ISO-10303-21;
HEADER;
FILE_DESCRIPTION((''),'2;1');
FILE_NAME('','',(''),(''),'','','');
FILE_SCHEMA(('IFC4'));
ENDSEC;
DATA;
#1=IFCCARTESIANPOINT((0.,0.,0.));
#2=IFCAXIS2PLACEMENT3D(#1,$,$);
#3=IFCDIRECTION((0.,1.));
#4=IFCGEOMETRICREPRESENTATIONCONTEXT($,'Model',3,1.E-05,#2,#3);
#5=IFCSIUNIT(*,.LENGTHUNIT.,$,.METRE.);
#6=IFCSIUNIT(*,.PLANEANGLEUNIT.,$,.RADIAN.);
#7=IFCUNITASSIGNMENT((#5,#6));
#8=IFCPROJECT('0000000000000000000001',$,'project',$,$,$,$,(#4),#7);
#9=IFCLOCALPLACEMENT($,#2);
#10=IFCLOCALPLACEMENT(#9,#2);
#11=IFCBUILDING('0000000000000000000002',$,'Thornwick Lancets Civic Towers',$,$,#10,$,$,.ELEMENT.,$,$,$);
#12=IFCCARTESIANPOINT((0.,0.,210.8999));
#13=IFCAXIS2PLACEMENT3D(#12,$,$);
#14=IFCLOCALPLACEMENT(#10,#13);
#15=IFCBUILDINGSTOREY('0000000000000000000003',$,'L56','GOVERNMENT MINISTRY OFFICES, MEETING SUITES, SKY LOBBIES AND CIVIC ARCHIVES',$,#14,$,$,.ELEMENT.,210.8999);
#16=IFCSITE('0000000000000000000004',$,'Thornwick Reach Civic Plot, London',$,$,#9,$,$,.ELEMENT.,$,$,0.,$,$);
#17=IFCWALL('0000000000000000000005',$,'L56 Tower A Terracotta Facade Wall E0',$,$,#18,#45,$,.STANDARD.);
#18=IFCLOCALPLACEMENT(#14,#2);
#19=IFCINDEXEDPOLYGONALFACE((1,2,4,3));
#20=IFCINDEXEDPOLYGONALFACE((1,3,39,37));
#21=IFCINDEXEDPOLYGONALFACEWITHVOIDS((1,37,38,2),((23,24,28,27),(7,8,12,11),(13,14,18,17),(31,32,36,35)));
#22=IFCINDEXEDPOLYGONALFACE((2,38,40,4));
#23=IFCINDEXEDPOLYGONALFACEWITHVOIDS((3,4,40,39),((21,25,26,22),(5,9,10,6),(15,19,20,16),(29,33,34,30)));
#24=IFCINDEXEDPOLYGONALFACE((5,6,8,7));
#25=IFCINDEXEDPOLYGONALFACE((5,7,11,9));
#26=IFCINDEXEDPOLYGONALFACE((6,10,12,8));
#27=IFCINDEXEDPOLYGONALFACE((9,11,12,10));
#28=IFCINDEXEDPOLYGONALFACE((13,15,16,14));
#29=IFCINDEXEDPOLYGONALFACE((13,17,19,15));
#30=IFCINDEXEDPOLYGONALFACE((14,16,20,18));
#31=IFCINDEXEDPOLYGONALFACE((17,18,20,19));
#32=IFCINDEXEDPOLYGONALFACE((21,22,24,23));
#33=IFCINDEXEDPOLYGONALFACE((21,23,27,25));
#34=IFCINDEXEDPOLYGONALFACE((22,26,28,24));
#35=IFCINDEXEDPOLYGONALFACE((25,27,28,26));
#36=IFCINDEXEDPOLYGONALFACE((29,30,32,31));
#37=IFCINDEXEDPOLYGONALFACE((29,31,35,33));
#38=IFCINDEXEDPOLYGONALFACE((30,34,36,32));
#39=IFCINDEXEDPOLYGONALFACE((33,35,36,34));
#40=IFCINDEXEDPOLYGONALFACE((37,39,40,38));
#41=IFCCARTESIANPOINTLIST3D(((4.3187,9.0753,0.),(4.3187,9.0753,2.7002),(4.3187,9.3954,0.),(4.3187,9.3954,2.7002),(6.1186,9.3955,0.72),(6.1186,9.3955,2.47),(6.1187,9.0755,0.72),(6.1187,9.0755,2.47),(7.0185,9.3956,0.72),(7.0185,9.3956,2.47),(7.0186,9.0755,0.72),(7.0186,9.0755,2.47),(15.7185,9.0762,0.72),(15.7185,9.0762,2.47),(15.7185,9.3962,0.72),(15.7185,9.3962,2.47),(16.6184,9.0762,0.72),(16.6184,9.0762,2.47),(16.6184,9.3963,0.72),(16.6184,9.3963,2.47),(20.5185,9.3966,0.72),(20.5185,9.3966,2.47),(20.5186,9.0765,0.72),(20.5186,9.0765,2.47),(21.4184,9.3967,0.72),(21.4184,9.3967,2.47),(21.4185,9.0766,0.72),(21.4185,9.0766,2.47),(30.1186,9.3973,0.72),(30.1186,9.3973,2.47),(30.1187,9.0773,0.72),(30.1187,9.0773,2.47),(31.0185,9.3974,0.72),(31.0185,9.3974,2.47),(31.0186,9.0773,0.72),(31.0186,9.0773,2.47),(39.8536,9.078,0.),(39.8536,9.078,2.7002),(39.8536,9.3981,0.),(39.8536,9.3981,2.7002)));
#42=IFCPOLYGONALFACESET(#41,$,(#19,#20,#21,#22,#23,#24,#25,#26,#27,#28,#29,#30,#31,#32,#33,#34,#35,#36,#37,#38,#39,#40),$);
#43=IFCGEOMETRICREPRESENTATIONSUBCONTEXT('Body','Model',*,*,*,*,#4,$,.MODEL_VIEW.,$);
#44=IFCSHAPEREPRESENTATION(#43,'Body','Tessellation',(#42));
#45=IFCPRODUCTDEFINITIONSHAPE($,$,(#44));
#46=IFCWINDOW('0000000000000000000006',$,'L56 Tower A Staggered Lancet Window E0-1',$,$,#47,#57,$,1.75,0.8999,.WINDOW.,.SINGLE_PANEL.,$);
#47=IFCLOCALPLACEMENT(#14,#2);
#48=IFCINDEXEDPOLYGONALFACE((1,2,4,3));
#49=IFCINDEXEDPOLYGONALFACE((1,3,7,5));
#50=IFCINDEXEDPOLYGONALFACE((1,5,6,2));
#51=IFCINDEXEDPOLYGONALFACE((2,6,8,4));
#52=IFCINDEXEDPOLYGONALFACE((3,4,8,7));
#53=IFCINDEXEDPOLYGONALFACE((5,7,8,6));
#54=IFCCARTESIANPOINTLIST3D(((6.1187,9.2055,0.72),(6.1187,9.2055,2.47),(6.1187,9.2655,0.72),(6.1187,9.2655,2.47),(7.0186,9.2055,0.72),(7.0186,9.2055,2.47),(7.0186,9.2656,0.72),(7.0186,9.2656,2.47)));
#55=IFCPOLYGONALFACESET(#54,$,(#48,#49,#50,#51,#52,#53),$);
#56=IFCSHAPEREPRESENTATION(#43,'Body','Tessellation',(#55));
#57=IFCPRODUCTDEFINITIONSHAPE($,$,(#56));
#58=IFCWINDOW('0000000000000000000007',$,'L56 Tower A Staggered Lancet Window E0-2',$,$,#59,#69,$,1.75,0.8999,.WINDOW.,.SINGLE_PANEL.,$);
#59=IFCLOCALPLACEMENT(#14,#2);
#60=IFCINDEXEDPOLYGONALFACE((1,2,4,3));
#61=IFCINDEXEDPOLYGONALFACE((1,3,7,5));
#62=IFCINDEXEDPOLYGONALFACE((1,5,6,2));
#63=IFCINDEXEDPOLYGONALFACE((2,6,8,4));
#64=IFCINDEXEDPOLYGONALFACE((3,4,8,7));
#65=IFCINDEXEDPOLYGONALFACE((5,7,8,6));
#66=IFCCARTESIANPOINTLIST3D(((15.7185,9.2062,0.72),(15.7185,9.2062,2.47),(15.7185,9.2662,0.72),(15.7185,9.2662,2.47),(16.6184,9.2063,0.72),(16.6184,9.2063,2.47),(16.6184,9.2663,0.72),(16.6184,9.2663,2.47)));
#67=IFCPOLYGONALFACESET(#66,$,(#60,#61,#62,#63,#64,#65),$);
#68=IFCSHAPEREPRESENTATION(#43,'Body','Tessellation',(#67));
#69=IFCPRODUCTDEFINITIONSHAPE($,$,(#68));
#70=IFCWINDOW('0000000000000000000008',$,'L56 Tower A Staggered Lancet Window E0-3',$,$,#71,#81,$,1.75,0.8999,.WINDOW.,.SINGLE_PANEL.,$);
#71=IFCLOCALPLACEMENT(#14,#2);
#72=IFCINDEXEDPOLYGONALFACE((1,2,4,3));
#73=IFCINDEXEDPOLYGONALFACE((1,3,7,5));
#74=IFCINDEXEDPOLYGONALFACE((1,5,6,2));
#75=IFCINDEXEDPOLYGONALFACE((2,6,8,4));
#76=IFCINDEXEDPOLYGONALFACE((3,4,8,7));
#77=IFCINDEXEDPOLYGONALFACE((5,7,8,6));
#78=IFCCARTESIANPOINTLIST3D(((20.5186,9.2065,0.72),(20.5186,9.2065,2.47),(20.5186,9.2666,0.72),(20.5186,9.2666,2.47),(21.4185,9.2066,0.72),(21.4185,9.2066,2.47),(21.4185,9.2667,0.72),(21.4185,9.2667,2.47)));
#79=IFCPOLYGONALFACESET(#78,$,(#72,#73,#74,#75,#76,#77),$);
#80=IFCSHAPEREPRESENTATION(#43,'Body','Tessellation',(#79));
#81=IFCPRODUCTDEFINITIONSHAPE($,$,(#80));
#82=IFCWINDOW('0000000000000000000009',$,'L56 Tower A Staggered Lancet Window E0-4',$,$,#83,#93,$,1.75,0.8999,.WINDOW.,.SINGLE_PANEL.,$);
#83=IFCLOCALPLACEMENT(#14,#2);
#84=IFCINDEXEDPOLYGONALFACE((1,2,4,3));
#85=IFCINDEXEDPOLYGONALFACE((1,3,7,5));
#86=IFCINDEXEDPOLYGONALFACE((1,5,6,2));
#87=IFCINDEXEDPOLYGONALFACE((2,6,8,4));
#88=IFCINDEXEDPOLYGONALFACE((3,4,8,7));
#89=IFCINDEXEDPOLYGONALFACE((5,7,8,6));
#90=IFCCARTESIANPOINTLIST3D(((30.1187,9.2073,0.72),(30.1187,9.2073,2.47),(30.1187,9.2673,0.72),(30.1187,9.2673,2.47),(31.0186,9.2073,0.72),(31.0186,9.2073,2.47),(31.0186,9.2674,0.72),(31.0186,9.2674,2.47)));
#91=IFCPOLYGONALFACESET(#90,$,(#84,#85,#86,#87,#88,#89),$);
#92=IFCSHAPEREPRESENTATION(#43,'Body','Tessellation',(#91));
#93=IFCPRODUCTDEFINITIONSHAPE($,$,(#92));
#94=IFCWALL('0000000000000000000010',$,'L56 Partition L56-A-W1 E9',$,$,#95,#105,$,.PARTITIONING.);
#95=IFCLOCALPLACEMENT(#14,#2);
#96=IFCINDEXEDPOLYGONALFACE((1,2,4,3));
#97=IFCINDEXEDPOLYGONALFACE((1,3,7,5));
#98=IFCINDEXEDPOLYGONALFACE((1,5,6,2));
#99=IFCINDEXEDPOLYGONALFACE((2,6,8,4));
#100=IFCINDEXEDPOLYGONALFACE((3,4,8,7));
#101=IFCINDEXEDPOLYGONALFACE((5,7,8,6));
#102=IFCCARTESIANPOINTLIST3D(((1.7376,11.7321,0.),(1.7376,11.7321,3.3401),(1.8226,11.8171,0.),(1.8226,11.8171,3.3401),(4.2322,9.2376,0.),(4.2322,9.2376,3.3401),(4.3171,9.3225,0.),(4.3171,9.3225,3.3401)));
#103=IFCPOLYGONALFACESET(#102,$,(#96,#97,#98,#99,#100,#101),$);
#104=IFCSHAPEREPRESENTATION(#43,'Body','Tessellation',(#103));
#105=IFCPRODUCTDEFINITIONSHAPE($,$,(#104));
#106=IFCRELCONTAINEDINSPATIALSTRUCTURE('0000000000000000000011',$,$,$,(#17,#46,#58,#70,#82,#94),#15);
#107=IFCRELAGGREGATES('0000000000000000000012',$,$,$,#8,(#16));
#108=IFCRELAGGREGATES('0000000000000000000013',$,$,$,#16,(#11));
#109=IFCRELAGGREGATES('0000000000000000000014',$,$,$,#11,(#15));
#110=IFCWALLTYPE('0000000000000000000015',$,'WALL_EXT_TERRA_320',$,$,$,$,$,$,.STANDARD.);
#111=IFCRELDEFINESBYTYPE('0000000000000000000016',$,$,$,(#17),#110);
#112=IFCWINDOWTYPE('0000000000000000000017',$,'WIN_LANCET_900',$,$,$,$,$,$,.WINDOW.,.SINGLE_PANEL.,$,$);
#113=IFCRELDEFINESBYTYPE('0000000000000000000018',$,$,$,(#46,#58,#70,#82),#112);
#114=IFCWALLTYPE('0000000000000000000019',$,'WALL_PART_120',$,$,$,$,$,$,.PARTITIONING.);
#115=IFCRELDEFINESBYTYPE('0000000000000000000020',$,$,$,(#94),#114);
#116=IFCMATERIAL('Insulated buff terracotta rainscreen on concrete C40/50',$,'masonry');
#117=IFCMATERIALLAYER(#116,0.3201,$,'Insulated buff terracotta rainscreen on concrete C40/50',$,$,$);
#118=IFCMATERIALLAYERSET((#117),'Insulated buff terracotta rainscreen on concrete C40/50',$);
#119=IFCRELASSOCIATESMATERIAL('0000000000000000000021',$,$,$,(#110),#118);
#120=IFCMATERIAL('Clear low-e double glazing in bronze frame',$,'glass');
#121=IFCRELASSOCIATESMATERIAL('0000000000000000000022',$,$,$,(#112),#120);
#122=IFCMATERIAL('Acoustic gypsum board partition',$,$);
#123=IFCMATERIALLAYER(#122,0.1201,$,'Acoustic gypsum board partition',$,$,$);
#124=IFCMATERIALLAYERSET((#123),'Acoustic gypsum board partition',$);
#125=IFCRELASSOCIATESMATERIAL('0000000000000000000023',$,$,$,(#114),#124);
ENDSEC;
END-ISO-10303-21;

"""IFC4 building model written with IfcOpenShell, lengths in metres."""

from ifc_helpers import new_model, si_unit, direction, frame, frame_2d, origin, place, context, subcontext, project, spatial, rectangle, extrude, material, layer, layer_set, type_object, element, fill, save


model = new_model("IFC4")

# Units and contexts
model_context = context("Model", 3, precision=1e-05, world=origin(), true_north=direction((0.0, 1.0)))
body_context = subcontext(model_context, "Body", "Model", "MODEL_VIEW")
ifc_project = project(units=[si_unit("LENGTHUNIT", "METRE"), si_unit("PLANEANGLEUNIT", "RADIAN")], contexts=[model_context])

# Site, building, storey
site_placement = place(None, origin())
site = spatial("IfcSite", under=ifc_project, at=site_placement, Name="Thornwick Reach Civic Plot, London", CompositionType="ELEMENT", RefElevation=0.0)
building_placement = place(site_placement, origin())
building = spatial("IfcBuilding", under=site, at=building_placement, Name="Thornwick Lancets Civic Towers", CompositionType="ELEMENT")
storey_placement = place(building_placement, frame((0.0, 0.0, 210.8999)))
storey = spatial("IfcBuildingStorey", under=building, at=storey_placement, Name="L56", Description="GOVERNMENT MINISTRY OFFICES, MEETING SUITES, SKY LOBBIES AND CIVIC ARCHIVES", CompositionType="ELEMENT", Elevation=210.8999)

# Wall, openings, windows
ifc_material_1 = material(Name="Insulated buff terracotta rainscreen on concrete C40/50", Category="masonry")
ifc_layer_1 = layer(ifc_material_1, 0.3201, Name="Insulated buff terracotta rainscreen on concrete C40/50")
ifc_layer_set_1 = layer_set([ifc_layer_1], Name="Insulated buff terracotta rainscreen on concrete C40/50")
wall_type_1 = type_object("IfcWallType", Name="WALL_EXT_TERRA_320", PredefinedType="STANDARD", material=ifc_layer_set_1)
wall_1_placement = place(storey_placement, frame((4.3186, 9.2354, 0.0), z_axis=(0.0, 0.0, 1.0), x_axis=(1.0, 0.000076, 0.0)))
wall_1 = element("IfcWall", 1, at=wall_1_placement, inside=storey, type_object=wall_type_1, Name="L56 Tower A Terracotta Facade Wall E0", PredefinedType="STANDARD", context=body_context, shape_type="SweptSolid", body=[
    extrude(rectangle(XDim=35.5349, YDim=0.3201, at=frame_2d((17.7676, 0.0))), origin(), (0.0, 0.0, 1.0), 2.7002),
])
opening_1_placement = place(wall_1_placement, frame((1.8, 0.0, 0.72)))
opening_1 = element("IfcOpeningElement", 2, at=opening_1_placement, cuts=wall_1, PredefinedType="OPENING", context=body_context, shape_type="SweptSolid", body=[
    extrude(rectangle(XDim=0.8999, YDim=1.75, at=frame_2d((0.45, 0.875))), frame((0.0, 0.1699, 0.0), z_axis=(0.0, -1.0, 0.0), x_axis=(1.0, 0.0, 0.0)), (0.0, 0.0, 1.0), 0.3401),
])
opening_2_placement = place(wall_1_placement, frame((11.3999, 0.0, 0.72)))
opening_2 = element("IfcOpeningElement", 3, at=opening_2_placement, cuts=wall_1, PredefinedType="OPENING", context=body_context, shape_type="SweptSolid", body=[
    extrude(rectangle(XDim=0.8999, YDim=1.75, at=frame_2d((0.45, 0.875))), frame((0.0, 0.1699, 0.0), z_axis=(0.0, -1.0, 0.0), x_axis=(1.0, 0.0, 0.0)), (0.0, 0.0, 1.0), 0.3401),
])
opening_3_placement = place(wall_1_placement, frame((16.2, 0.0, 0.72)))
opening_3 = element("IfcOpeningElement", 4, at=opening_3_placement, cuts=wall_1, PredefinedType="OPENING", context=body_context, shape_type="SweptSolid", body=[
    extrude(rectangle(XDim=0.8999, YDim=1.75, at=frame_2d((0.45, 0.875))), frame((0.0, 0.1699, 0.0), z_axis=(0.0, -1.0, 0.0), x_axis=(1.0, 0.0, 0.0)), (0.0, 0.0, 1.0), 0.3401),
])
opening_4_placement = place(wall_1_placement, frame((25.8, 0.0, 0.72)))
opening_4 = element("IfcOpeningElement", 5, at=opening_4_placement, cuts=wall_1, PredefinedType="OPENING", context=body_context, shape_type="SweptSolid", body=[
    extrude(rectangle(XDim=0.8999, YDim=1.75, at=frame_2d((0.45, 0.875))), frame((0.0, 0.1699, 0.0), z_axis=(0.0, -1.0, 0.0), x_axis=(1.0, 0.0, 0.0)), (0.0, 0.0, 1.0), 0.3401),
])
ifc_material_2 = material(Name="Clear low-e double glazing in bronze frame", Category="glass")
window_type = type_object("IfcWindowType", Name="WIN_LANCET_900", PartitioningType="SINGLE_PANEL", PredefinedType="WINDOW", material=ifc_material_2)
window_1_placement = place(opening_1_placement, origin())
window_1 = element("IfcWindow", 6, at=window_1_placement, inside=storey, type_object=window_type, Name="L56 Tower A Staggered Lancet Window E0-1", OverallHeight=1.75, OverallWidth=0.8999, PartitioningType="SINGLE_PANEL", PredefinedType="WINDOW", context=body_context, shape_type="SweptSolid", body=[
    extrude(rectangle(XDim=0.8999, YDim=1.75, at=frame_2d((0.45, 0.875))), frame((0.0, 0.03, 0.0), z_axis=(0.0, -1.0, 0.0), x_axis=(1.0, 0.0, 0.0)), (0.0, 0.0, 1.0), 0.0601),
])
fill(opening_1, window_1)
window_2_placement = place(opening_2_placement, origin())
window_2 = element("IfcWindow", 7, at=window_2_placement, inside=storey, type_object=window_type, Name="L56 Tower A Staggered Lancet Window E0-2", OverallHeight=1.75, OverallWidth=0.8999, PartitioningType="SINGLE_PANEL", PredefinedType="WINDOW", context=body_context, shape_type="SweptSolid", body=[
    extrude(rectangle(XDim=0.8999, YDim=1.75, at=frame_2d((0.45, 0.875))), frame((0.0, 0.03, 0.0), z_axis=(0.0, -1.0, 0.0), x_axis=(1.0, 0.0, 0.0)), (0.0, 0.0, 1.0), 0.0601),
])
fill(opening_2, window_2)
window_3_placement = place(opening_3_placement, origin())
window_3 = element("IfcWindow", 8, at=window_3_placement, inside=storey, type_object=window_type, Name="L56 Tower A Staggered Lancet Window E0-3", OverallHeight=1.75, OverallWidth=0.8999, PartitioningType="SINGLE_PANEL", PredefinedType="WINDOW", context=body_context, shape_type="SweptSolid", body=[
    extrude(rectangle(XDim=0.8999, YDim=1.75, at=frame_2d((0.45, 0.875))), frame((0.0, 0.03, 0.0), z_axis=(0.0, -1.0, 0.0), x_axis=(1.0, 0.0, 0.0)), (0.0, 0.0, 1.0), 0.0601),
])
fill(opening_3, window_3)
window_4_placement = place(opening_4_placement, origin())
window_4 = element("IfcWindow", 9, at=window_4_placement, inside=storey, type_object=window_type, Name="L56 Tower A Staggered Lancet Window E0-4", OverallHeight=1.75, OverallWidth=0.8999, PartitioningType="SINGLE_PANEL", PredefinedType="WINDOW", context=body_context, shape_type="SweptSolid", body=[
    extrude(rectangle(XDim=0.8999, YDim=1.75, at=frame_2d((0.45, 0.875))), frame((0.0, 0.03, 0.0), z_axis=(0.0, -1.0, 0.0), x_axis=(1.0, 0.0, 0.0)), (0.0, 0.0, 1.0), 0.0601),
])
fill(opening_4, window_4)

# Wall
ifc_material_3 = material(Name="Acoustic gypsum board partition")
ifc_layer_2 = layer(ifc_material_3, 0.1201, Name="Acoustic gypsum board partition")
ifc_layer_set_2 = layer_set([ifc_layer_2], Name="Acoustic gypsum board partition")
wall_type_2 = type_object("IfcWallType", Name="WALL_PART_120", PredefinedType="PARTITIONING", material=ifc_layer_set_2)
wall_2_placement = place(storey_placement, frame((4.2747, 9.28, 0.0), z_axis=(0.0, 0.0, 1.0), x_axis=(-0.707107, 0.707107, 0.0)))
element("IfcWall", 10, at=wall_2_placement, inside=storey, type_object=wall_type_2, Name="L56 Partition L56-A-W1 E9", PredefinedType="PARTITIONING", context=body_context, shape_type="SweptSolid", body=[
    extrude(rectangle(XDim=3.5278, YDim=0.1201, at=frame_2d((1.7639, 0.0))), origin(), (0.0, 0.0, 1.0), 3.3401),
])

save(model, "model.ifc")
